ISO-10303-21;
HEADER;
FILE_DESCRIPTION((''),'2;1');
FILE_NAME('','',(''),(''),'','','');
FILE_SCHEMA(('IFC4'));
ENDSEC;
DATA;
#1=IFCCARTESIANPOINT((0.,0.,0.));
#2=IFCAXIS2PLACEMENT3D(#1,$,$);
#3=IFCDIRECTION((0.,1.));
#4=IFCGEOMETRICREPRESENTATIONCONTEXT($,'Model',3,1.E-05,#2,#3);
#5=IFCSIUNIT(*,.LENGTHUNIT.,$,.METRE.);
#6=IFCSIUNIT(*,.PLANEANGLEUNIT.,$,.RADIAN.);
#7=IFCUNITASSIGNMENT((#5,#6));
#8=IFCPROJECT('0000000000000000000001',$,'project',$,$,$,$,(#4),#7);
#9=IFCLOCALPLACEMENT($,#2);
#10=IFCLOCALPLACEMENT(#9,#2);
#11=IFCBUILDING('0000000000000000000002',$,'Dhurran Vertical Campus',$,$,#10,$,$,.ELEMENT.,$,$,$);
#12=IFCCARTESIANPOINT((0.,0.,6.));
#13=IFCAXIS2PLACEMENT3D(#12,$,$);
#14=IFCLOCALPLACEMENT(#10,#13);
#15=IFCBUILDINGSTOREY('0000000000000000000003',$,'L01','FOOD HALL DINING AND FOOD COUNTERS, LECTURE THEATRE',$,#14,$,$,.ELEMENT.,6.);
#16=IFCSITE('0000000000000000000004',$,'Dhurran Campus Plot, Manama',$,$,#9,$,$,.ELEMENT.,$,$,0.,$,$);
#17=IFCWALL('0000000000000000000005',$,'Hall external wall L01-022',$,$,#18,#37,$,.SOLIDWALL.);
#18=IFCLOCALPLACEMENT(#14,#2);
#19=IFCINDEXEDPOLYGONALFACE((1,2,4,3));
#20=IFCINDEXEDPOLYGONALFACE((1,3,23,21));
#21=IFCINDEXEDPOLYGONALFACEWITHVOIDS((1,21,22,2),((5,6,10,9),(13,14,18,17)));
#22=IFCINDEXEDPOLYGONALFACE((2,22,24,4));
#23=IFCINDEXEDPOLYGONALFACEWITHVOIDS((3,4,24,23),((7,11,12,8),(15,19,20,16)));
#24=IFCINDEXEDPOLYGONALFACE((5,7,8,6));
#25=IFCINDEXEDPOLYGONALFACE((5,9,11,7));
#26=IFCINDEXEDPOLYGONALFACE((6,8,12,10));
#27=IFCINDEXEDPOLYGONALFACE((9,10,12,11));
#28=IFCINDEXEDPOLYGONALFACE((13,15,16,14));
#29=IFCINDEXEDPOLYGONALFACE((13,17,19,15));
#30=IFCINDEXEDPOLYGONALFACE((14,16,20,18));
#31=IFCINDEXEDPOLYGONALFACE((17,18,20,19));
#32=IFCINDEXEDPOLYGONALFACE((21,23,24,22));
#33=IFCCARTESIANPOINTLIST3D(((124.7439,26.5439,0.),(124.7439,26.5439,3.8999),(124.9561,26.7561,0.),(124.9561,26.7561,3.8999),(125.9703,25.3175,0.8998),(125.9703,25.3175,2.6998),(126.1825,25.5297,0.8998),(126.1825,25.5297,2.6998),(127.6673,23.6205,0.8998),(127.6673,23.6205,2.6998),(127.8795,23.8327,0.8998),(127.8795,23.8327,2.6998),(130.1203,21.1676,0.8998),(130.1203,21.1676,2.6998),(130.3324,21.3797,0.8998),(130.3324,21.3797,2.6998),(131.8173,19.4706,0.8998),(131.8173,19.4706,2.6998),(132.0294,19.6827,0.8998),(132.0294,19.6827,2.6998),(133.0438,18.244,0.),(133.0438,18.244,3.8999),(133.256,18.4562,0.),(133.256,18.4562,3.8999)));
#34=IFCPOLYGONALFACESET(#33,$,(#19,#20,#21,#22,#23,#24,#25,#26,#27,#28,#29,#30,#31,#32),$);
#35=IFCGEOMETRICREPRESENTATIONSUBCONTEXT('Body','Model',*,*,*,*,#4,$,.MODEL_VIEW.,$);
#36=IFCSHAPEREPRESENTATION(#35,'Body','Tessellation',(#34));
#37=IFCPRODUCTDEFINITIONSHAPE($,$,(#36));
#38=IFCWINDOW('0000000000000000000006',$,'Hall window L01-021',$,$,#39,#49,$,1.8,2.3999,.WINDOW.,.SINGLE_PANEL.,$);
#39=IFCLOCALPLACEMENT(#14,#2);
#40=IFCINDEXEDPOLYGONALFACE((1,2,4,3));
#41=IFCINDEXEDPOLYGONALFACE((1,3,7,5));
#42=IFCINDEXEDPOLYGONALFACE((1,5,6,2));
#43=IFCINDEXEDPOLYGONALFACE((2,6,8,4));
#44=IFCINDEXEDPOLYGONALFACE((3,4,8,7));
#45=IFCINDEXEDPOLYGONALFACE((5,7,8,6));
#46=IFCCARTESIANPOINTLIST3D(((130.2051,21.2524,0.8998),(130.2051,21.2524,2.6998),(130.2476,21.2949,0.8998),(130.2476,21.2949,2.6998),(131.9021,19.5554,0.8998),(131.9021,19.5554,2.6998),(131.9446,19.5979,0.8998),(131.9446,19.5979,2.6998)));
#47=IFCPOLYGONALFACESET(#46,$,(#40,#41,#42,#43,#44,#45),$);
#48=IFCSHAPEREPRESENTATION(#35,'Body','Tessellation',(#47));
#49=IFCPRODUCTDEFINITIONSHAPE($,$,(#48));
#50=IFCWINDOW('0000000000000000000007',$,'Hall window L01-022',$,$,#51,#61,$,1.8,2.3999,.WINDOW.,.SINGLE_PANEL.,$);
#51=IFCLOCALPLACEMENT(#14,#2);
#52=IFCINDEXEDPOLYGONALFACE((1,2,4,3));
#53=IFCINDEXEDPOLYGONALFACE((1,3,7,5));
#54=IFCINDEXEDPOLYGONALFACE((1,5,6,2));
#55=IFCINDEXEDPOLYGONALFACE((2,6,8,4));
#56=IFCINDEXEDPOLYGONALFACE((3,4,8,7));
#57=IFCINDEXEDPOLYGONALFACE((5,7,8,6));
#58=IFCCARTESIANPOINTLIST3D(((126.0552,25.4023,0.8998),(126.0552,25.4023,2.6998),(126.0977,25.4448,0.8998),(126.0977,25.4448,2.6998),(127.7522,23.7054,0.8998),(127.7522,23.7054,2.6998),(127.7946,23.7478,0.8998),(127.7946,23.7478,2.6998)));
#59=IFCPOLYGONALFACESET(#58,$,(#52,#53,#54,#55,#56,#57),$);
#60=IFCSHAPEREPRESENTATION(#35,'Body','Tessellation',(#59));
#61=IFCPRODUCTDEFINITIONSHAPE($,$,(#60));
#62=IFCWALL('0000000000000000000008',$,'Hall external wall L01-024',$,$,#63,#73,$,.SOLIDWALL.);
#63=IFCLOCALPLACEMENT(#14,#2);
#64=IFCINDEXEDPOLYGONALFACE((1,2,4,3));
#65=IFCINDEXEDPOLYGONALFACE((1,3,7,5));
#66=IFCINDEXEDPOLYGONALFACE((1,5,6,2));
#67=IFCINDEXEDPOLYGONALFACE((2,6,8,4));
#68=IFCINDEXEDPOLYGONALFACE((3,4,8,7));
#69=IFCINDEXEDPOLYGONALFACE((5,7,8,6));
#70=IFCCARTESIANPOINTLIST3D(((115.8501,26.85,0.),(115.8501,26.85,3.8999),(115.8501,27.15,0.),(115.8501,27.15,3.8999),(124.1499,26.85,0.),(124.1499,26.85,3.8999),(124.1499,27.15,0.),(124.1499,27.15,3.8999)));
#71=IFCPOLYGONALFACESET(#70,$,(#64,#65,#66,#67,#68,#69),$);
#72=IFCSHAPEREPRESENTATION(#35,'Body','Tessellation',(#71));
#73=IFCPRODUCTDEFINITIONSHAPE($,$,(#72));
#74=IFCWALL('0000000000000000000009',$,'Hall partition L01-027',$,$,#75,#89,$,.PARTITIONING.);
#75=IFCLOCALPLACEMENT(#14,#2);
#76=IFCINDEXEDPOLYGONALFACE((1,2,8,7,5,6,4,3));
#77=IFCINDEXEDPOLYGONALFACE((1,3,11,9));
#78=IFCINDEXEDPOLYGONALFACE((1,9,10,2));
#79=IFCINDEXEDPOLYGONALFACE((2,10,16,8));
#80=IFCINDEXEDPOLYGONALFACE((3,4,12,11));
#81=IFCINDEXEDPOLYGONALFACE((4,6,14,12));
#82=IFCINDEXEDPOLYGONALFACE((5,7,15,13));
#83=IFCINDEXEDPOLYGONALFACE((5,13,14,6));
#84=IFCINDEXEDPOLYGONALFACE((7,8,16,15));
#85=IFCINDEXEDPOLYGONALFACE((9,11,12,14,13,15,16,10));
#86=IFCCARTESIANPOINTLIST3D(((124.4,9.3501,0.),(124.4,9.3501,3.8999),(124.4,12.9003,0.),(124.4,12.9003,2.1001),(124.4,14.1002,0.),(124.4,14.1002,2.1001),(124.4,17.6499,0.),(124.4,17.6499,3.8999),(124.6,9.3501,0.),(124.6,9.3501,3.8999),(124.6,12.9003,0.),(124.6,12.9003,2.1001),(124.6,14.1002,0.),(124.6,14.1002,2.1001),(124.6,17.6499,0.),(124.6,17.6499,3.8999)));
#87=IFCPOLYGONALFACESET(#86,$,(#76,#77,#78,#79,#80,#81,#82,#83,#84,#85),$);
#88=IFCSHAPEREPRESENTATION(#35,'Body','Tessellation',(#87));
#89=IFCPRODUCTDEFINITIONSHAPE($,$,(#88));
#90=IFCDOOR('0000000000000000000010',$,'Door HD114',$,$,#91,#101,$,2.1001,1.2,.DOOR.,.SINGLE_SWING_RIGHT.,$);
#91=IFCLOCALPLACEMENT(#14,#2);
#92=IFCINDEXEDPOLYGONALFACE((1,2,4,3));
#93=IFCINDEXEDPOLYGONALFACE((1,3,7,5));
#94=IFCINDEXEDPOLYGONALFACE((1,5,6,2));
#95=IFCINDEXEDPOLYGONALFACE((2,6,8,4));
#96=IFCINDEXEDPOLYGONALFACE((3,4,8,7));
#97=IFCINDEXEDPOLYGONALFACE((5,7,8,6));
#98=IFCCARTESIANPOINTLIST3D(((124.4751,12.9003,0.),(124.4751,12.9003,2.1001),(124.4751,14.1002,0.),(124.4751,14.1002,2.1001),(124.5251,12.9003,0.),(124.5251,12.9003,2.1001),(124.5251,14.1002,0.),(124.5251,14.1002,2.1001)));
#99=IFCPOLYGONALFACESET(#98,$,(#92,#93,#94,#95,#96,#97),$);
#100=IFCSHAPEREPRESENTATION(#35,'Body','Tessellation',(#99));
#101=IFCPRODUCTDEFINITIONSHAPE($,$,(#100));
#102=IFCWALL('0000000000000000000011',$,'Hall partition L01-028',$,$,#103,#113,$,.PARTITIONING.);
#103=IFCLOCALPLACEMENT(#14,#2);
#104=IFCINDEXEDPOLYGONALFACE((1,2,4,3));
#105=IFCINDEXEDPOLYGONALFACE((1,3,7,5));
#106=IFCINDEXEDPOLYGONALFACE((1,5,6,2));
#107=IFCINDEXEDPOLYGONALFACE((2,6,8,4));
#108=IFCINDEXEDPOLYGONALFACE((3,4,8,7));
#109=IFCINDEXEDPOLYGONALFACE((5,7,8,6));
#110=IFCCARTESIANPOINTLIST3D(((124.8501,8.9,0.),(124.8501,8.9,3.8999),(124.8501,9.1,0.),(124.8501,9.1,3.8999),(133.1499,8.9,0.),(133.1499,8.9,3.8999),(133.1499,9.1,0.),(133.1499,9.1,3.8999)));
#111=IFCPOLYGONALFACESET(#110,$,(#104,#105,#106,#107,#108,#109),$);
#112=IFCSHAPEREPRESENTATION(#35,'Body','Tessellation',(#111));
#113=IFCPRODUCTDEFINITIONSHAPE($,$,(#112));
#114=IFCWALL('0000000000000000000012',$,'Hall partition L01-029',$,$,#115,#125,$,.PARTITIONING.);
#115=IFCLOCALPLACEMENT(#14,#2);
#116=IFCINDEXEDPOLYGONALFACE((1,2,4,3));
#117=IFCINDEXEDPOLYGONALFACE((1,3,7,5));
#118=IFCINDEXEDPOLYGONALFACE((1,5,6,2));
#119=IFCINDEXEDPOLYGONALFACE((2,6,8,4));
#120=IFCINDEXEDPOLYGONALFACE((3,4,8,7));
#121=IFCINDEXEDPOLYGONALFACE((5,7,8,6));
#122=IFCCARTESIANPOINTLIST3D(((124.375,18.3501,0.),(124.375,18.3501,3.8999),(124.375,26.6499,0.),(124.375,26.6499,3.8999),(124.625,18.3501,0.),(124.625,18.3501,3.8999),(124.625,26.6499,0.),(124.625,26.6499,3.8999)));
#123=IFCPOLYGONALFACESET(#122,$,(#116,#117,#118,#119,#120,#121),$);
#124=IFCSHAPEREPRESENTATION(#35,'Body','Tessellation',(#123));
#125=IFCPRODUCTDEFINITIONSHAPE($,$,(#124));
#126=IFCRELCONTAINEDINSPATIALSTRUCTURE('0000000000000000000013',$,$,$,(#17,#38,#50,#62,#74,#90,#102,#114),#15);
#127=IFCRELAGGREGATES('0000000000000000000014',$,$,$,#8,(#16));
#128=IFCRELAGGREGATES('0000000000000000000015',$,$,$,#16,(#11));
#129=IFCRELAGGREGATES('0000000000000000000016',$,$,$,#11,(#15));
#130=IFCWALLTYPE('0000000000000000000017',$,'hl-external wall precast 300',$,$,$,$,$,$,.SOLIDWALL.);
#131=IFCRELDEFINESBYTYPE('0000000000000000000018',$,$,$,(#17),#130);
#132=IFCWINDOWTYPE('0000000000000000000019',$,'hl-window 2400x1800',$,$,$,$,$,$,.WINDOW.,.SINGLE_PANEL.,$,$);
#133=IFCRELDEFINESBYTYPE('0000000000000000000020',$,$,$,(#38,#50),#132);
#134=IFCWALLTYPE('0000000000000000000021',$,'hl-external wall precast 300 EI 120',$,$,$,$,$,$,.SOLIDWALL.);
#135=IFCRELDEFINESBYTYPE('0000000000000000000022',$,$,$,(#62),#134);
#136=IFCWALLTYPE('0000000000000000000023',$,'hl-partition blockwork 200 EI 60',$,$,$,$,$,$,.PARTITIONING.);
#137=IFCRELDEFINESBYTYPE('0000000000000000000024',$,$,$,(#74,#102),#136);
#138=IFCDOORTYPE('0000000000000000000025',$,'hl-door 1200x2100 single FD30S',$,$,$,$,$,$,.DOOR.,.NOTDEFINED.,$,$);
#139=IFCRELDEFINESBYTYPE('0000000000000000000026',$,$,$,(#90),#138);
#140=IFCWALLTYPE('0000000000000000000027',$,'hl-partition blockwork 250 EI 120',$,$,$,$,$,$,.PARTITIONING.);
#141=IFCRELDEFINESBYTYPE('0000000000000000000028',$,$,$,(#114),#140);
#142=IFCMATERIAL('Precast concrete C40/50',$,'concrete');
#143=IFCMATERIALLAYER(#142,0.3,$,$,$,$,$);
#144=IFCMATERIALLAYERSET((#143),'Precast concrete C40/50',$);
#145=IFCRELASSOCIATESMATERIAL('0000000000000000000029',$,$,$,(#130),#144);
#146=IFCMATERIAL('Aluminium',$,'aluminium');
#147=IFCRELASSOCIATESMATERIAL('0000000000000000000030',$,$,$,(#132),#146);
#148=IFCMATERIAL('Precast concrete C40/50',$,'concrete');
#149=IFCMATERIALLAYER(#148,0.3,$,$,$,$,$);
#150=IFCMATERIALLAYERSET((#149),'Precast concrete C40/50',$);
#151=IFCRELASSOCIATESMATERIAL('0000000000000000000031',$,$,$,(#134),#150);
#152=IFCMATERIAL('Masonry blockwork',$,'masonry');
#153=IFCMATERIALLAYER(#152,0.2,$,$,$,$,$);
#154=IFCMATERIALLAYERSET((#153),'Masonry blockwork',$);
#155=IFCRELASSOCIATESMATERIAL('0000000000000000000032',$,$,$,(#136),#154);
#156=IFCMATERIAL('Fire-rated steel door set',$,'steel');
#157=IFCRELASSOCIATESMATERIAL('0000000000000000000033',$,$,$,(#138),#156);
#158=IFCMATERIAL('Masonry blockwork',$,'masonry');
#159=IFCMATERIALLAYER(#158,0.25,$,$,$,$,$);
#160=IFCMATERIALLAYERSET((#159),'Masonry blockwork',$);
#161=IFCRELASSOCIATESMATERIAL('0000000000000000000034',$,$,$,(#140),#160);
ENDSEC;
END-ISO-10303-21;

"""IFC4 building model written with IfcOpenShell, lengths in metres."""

from ifc_helpers import new_model, si_unit, direction, frame, frame_2d, origin, place, context, subcontext, project, spatial, rectangle, extrude, material, layer, layer_set, type_object, element, fill, save


model = new_model("IFC4")

# Units and contexts
model_context = context("Model", 3, precision=1e-05, world=origin(), true_north=direction((0.0, 1.0)))
body_context = subcontext(model_context, "Body", "Model", "MODEL_VIEW")
ifc_project = project(units=[si_unit("LENGTHUNIT", "METRE"), si_unit("PLANEANGLEUNIT", "RADIAN")], contexts=[model_context])

# Site, building, storey
site_placement = place(None, origin())
site = spatial("IfcSite", under=ifc_project, at=site_placement, Name="Dhurran Campus Plot, Manama", CompositionType="ELEMENT", RefElevation=0.0)
building_placement = place(site_placement, origin())
building = spatial("IfcBuilding", under=site, at=building_placement, Name="Dhurran Vertical Campus", CompositionType="ELEMENT")
storey_placement = place(building_placement, frame((0.0, 0.0, 6.0)))
storey = spatial("IfcBuildingStorey", under=building, at=storey_placement, Name="L01", Description="FOOD HALL DINING AND FOOD COUNTERS, LECTURE THEATRE", CompositionType="ELEMENT", Elevation=6.0)

# Wall, openings, windows
ifc_material_1 = material(Name="Precast concrete C40/50", Category="concrete")
ifc_layer_1 = layer(ifc_material_1, 0.3)
ifc_layer_set_1 = layer_set([ifc_layer_1], Name="Precast concrete C40/50")
wall_type_1 = type_object("IfcWallType", Name="hl-external wall precast 300", PredefinedType="SOLIDWALL", material=ifc_layer_set_1)
ifc_material_2 = material(Name="Aluminium", Category="aluminium")
window_type = type_object("IfcWindowType", Name="hl-window 2400x1800", PartitioningType="SINGLE_PANEL", PredefinedType="WINDOW", material=ifc_material_2)
wall_1_placement = place(storey_placement, frame((133.1499, 18.3501, 0.0), z_axis=(0.0, 0.0, 1.0), x_axis=(-0.707107, 0.707107, 0.0)))
wall_1 = element("IfcWall", 1, at=wall_1_placement, inside=storey, type_object=wall_type_1, Name="Hall external wall L01-022", PredefinedType="SOLIDWALL", context=body_context, shape_type="SweptSolid", body=[
    extrude(rectangle(XDim=11.7378, YDim=0.3, at=frame_2d((5.8689, 0.0))), origin(), (0.0, 0.0, 1.0), 3.8999),
])
opening_1_placement = place(wall_1_placement, frame((1.7346, 0.0, 0.8999)))
opening_1 = element("IfcOpeningElement", 2, at=opening_1_placement, cuts=wall_1, PredefinedType="OPENING", context=body_context, shape_type="SweptSolid", body=[
    extrude(rectangle(XDim=2.3999, YDim=1.8, at=frame_2d((1.2, 0.8999))), frame((0.0, 0.1599, 0.0), z_axis=(0.0, -1.0, 0.0), x_axis=(1.0, 0.0, 0.0)), (0.0, 0.0, 1.0), 0.3201),
])
opening_2_placement = place(wall_1_placement, frame((7.6035, 0.0, 0.8999)))
opening_2 = element("IfcOpeningElement", 3, at=opening_2_placement, cuts=wall_1, PredefinedType="OPENING", context=body_context, shape_type="SweptSolid", body=[
    extrude(rectangle(XDim=2.3999, YDim=1.8, at=frame_2d((1.2, 0.8999))), frame((0.0, 0.1599, 0.0), z_axis=(0.0, -1.0, 0.0), x_axis=(1.0, 0.0, 0.0)), (0.0, 0.0, 1.0), 0.3201),
])
window_1_placement = place(opening_1_placement, origin())
window_1 = element("IfcWindow", 4, at=window_1_placement, inside=storey, type_object=window_type, Name="Hall window L01-021", OverallHeight=1.8, OverallWidth=2.3999, PartitioningType="SINGLE_PANEL", PredefinedType="WINDOW", context=body_context, shape_type="SweptSolid", body=[
    extrude(rectangle(XDim=2.3999, YDim=1.8, at=frame_2d((1.2, 0.8999))), frame((0.0, 0.03, 0.0), z_axis=(0.0, -1.0, 0.0), x_axis=(1.0, 0.0, 0.0)), (0.0, 0.0, 1.0), 0.0601),
])
fill(opening_1, window_1)
window_2_placement = place(opening_2_placement, origin())
window_2 = element("IfcWindow", 5, at=window_2_placement, inside=storey, type_object=window_type, Name="Hall window L01-022", OverallHeight=1.8, OverallWidth=2.3999, PartitioningType="SINGLE_PANEL", PredefinedType="WINDOW", context=body_context, shape_type="SweptSolid", body=[
    extrude(rectangle(XDim=2.3999, YDim=1.8, at=frame_2d((1.2, 0.8999))), frame((0.0, 0.03, 0.0), z_axis=(0.0, -1.0, 0.0), x_axis=(1.0, 0.0, 0.0)), (0.0, 0.0, 1.0), 0.0601),
])
fill(opening_2, window_2)

# Wall
ifc_material_3 = material(Name="Precast concrete C40/50", Category="concrete")
ifc_layer_2 = layer(ifc_material_3, 0.3)
ifc_layer_set_2 = layer_set([ifc_layer_2], Name="Precast concrete C40/50")
wall_type_2 = type_object("IfcWallType", Name="hl-external wall precast 300 EI 120", PredefinedType="SOLIDWALL", material=ifc_layer_set_2)
wall_2_placement = place(storey_placement, frame((124.1499, 27.0, 0.0), z_axis=(0.0, 0.0, 1.0), x_axis=(-1.0, 0.0, 0.0)))
element("IfcWall", 6, at=wall_2_placement, inside=storey, type_object=wall_type_2, Name="Hall external wall L01-024", PredefinedType="SOLIDWALL", context=body_context, shape_type="SweptSolid", body=[
    extrude(rectangle(XDim=8.2998, YDim=0.3, at=frame_2d((4.1499, 0.0))), origin(), (0.0, 0.0, 1.0), 3.8999),
])

# Wall, opening, door
ifc_material_4 = material(Name="Masonry blockwork", Category="masonry")
ifc_layer_3 = layer(ifc_material_4, 0.2)
ifc_layer_set_3 = layer_set([ifc_layer_3], Name="Masonry blockwork")
wall_type_3 = type_object("IfcWallType", Name="hl-partition blockwork 200 EI 60", PredefinedType="PARTITIONING", material=ifc_layer_set_3)
wall_3_placement = place(storey_placement, frame((124.5, 9.3501, 0.0), z_axis=(0.0, 0.0, 1.0), x_axis=(0.0, 1.0, 0.0)))
wall_3 = element("IfcWall", 7, at=wall_3_placement, inside=storey, type_object=wall_type_3, Name="Hall partition L01-027", PredefinedType="PARTITIONING", context=body_context, shape_type="SweptSolid", body=[
    extrude(rectangle(XDim=8.2998, YDim=0.2, at=frame_2d((4.1499, 0.0))), origin(), (0.0, 0.0, 1.0), 3.8999),
])
opening_3_placement = place(wall_3_placement, frame((3.55, 0.0, 0.0)))
opening_3 = element("IfcOpeningElement", 8, at=opening_3_placement, cuts=wall_3, PredefinedType="OPENING", context=body_context, shape_type="SweptSolid", body=[
    extrude(rectangle(XDim=1.2, YDim=2.1001, at=frame_2d((0.6001, 1.05))), frame((0.0, 0.1099, 0.0), z_axis=(0.0, -1.0, 0.0), x_axis=(1.0, 0.0, 0.0)), (0.0, 0.0, 1.0), 0.22),
])
ifc_material_5 = material(Name="Fire-rated steel door set", Category="steel")
door_type = type_object("IfcDoorType", Name="hl-door 1200x2100 single FD30S", OperationType="NOTDEFINED", PredefinedType="DOOR", material=ifc_material_5)
door_placement = place(opening_3_placement, origin())
door = element("IfcDoor", 9, at=door_placement, inside=storey, type_object=door_type, Name="Door HD114", OperationType="SINGLE_SWING_RIGHT", OverallHeight=2.1001, OverallWidth=1.2, PredefinedType="DOOR", context=body_context, shape_type="SweptSolid", body=[
    extrude(rectangle(XDim=1.2, YDim=2.1001, at=frame_2d((0.6001, 1.05))), frame((0.0, 0.0249, 0.0), z_axis=(0.0, -1.0, 0.0), x_axis=(1.0, 0.0, 0.0)), (0.0, 0.0, 1.0), 0.05),
])
fill(opening_3, door)

# Walls
wall_4_placement = place(storey_placement, frame((124.8501, 9.0, 0.0), z_axis=(0.0, 0.0, 1.0), x_axis=(1.0, 0.0, 0.0)))
element("IfcWall", 10, at=wall_4_placement, inside=storey, type_object=wall_type_3, Name="Hall partition L01-028", PredefinedType="PARTITIONING", context=body_context, shape_type="SweptSolid", body=[
    extrude(rectangle(XDim=8.2998, YDim=0.2, at=frame_2d((4.1499, 0.0))), origin(), (0.0, 0.0, 1.0), 3.8999),
])
ifc_material_6 = material(Name="Masonry blockwork", Category="masonry")
ifc_layer_4 = layer(ifc_material_6, 0.25)
ifc_layer_set_4 = layer_set([ifc_layer_4], Name="Masonry blockwork")
wall_type_4 = type_object("IfcWallType", Name="hl-partition blockwork 250 EI 120", PredefinedType="PARTITIONING", material=ifc_layer_set_4)
wall_5_placement = place(storey_placement, frame((124.5, 18.3501, 0.0), z_axis=(0.0, 0.0, 1.0), x_axis=(0.0, 1.0, 0.0)))
element("IfcWall", 11, at=wall_5_placement, inside=storey, type_object=wall_type_4, Name="Hall partition L01-029", PredefinedType="PARTITIONING", context=body_context, shape_type="SweptSolid", body=[
    extrude(rectangle(XDim=8.2998, YDim=0.25, at=frame_2d((4.1499, 0.0))), origin(), (0.0, 0.0, 1.0), 3.8999),
])

save(model, "model.ifc")
